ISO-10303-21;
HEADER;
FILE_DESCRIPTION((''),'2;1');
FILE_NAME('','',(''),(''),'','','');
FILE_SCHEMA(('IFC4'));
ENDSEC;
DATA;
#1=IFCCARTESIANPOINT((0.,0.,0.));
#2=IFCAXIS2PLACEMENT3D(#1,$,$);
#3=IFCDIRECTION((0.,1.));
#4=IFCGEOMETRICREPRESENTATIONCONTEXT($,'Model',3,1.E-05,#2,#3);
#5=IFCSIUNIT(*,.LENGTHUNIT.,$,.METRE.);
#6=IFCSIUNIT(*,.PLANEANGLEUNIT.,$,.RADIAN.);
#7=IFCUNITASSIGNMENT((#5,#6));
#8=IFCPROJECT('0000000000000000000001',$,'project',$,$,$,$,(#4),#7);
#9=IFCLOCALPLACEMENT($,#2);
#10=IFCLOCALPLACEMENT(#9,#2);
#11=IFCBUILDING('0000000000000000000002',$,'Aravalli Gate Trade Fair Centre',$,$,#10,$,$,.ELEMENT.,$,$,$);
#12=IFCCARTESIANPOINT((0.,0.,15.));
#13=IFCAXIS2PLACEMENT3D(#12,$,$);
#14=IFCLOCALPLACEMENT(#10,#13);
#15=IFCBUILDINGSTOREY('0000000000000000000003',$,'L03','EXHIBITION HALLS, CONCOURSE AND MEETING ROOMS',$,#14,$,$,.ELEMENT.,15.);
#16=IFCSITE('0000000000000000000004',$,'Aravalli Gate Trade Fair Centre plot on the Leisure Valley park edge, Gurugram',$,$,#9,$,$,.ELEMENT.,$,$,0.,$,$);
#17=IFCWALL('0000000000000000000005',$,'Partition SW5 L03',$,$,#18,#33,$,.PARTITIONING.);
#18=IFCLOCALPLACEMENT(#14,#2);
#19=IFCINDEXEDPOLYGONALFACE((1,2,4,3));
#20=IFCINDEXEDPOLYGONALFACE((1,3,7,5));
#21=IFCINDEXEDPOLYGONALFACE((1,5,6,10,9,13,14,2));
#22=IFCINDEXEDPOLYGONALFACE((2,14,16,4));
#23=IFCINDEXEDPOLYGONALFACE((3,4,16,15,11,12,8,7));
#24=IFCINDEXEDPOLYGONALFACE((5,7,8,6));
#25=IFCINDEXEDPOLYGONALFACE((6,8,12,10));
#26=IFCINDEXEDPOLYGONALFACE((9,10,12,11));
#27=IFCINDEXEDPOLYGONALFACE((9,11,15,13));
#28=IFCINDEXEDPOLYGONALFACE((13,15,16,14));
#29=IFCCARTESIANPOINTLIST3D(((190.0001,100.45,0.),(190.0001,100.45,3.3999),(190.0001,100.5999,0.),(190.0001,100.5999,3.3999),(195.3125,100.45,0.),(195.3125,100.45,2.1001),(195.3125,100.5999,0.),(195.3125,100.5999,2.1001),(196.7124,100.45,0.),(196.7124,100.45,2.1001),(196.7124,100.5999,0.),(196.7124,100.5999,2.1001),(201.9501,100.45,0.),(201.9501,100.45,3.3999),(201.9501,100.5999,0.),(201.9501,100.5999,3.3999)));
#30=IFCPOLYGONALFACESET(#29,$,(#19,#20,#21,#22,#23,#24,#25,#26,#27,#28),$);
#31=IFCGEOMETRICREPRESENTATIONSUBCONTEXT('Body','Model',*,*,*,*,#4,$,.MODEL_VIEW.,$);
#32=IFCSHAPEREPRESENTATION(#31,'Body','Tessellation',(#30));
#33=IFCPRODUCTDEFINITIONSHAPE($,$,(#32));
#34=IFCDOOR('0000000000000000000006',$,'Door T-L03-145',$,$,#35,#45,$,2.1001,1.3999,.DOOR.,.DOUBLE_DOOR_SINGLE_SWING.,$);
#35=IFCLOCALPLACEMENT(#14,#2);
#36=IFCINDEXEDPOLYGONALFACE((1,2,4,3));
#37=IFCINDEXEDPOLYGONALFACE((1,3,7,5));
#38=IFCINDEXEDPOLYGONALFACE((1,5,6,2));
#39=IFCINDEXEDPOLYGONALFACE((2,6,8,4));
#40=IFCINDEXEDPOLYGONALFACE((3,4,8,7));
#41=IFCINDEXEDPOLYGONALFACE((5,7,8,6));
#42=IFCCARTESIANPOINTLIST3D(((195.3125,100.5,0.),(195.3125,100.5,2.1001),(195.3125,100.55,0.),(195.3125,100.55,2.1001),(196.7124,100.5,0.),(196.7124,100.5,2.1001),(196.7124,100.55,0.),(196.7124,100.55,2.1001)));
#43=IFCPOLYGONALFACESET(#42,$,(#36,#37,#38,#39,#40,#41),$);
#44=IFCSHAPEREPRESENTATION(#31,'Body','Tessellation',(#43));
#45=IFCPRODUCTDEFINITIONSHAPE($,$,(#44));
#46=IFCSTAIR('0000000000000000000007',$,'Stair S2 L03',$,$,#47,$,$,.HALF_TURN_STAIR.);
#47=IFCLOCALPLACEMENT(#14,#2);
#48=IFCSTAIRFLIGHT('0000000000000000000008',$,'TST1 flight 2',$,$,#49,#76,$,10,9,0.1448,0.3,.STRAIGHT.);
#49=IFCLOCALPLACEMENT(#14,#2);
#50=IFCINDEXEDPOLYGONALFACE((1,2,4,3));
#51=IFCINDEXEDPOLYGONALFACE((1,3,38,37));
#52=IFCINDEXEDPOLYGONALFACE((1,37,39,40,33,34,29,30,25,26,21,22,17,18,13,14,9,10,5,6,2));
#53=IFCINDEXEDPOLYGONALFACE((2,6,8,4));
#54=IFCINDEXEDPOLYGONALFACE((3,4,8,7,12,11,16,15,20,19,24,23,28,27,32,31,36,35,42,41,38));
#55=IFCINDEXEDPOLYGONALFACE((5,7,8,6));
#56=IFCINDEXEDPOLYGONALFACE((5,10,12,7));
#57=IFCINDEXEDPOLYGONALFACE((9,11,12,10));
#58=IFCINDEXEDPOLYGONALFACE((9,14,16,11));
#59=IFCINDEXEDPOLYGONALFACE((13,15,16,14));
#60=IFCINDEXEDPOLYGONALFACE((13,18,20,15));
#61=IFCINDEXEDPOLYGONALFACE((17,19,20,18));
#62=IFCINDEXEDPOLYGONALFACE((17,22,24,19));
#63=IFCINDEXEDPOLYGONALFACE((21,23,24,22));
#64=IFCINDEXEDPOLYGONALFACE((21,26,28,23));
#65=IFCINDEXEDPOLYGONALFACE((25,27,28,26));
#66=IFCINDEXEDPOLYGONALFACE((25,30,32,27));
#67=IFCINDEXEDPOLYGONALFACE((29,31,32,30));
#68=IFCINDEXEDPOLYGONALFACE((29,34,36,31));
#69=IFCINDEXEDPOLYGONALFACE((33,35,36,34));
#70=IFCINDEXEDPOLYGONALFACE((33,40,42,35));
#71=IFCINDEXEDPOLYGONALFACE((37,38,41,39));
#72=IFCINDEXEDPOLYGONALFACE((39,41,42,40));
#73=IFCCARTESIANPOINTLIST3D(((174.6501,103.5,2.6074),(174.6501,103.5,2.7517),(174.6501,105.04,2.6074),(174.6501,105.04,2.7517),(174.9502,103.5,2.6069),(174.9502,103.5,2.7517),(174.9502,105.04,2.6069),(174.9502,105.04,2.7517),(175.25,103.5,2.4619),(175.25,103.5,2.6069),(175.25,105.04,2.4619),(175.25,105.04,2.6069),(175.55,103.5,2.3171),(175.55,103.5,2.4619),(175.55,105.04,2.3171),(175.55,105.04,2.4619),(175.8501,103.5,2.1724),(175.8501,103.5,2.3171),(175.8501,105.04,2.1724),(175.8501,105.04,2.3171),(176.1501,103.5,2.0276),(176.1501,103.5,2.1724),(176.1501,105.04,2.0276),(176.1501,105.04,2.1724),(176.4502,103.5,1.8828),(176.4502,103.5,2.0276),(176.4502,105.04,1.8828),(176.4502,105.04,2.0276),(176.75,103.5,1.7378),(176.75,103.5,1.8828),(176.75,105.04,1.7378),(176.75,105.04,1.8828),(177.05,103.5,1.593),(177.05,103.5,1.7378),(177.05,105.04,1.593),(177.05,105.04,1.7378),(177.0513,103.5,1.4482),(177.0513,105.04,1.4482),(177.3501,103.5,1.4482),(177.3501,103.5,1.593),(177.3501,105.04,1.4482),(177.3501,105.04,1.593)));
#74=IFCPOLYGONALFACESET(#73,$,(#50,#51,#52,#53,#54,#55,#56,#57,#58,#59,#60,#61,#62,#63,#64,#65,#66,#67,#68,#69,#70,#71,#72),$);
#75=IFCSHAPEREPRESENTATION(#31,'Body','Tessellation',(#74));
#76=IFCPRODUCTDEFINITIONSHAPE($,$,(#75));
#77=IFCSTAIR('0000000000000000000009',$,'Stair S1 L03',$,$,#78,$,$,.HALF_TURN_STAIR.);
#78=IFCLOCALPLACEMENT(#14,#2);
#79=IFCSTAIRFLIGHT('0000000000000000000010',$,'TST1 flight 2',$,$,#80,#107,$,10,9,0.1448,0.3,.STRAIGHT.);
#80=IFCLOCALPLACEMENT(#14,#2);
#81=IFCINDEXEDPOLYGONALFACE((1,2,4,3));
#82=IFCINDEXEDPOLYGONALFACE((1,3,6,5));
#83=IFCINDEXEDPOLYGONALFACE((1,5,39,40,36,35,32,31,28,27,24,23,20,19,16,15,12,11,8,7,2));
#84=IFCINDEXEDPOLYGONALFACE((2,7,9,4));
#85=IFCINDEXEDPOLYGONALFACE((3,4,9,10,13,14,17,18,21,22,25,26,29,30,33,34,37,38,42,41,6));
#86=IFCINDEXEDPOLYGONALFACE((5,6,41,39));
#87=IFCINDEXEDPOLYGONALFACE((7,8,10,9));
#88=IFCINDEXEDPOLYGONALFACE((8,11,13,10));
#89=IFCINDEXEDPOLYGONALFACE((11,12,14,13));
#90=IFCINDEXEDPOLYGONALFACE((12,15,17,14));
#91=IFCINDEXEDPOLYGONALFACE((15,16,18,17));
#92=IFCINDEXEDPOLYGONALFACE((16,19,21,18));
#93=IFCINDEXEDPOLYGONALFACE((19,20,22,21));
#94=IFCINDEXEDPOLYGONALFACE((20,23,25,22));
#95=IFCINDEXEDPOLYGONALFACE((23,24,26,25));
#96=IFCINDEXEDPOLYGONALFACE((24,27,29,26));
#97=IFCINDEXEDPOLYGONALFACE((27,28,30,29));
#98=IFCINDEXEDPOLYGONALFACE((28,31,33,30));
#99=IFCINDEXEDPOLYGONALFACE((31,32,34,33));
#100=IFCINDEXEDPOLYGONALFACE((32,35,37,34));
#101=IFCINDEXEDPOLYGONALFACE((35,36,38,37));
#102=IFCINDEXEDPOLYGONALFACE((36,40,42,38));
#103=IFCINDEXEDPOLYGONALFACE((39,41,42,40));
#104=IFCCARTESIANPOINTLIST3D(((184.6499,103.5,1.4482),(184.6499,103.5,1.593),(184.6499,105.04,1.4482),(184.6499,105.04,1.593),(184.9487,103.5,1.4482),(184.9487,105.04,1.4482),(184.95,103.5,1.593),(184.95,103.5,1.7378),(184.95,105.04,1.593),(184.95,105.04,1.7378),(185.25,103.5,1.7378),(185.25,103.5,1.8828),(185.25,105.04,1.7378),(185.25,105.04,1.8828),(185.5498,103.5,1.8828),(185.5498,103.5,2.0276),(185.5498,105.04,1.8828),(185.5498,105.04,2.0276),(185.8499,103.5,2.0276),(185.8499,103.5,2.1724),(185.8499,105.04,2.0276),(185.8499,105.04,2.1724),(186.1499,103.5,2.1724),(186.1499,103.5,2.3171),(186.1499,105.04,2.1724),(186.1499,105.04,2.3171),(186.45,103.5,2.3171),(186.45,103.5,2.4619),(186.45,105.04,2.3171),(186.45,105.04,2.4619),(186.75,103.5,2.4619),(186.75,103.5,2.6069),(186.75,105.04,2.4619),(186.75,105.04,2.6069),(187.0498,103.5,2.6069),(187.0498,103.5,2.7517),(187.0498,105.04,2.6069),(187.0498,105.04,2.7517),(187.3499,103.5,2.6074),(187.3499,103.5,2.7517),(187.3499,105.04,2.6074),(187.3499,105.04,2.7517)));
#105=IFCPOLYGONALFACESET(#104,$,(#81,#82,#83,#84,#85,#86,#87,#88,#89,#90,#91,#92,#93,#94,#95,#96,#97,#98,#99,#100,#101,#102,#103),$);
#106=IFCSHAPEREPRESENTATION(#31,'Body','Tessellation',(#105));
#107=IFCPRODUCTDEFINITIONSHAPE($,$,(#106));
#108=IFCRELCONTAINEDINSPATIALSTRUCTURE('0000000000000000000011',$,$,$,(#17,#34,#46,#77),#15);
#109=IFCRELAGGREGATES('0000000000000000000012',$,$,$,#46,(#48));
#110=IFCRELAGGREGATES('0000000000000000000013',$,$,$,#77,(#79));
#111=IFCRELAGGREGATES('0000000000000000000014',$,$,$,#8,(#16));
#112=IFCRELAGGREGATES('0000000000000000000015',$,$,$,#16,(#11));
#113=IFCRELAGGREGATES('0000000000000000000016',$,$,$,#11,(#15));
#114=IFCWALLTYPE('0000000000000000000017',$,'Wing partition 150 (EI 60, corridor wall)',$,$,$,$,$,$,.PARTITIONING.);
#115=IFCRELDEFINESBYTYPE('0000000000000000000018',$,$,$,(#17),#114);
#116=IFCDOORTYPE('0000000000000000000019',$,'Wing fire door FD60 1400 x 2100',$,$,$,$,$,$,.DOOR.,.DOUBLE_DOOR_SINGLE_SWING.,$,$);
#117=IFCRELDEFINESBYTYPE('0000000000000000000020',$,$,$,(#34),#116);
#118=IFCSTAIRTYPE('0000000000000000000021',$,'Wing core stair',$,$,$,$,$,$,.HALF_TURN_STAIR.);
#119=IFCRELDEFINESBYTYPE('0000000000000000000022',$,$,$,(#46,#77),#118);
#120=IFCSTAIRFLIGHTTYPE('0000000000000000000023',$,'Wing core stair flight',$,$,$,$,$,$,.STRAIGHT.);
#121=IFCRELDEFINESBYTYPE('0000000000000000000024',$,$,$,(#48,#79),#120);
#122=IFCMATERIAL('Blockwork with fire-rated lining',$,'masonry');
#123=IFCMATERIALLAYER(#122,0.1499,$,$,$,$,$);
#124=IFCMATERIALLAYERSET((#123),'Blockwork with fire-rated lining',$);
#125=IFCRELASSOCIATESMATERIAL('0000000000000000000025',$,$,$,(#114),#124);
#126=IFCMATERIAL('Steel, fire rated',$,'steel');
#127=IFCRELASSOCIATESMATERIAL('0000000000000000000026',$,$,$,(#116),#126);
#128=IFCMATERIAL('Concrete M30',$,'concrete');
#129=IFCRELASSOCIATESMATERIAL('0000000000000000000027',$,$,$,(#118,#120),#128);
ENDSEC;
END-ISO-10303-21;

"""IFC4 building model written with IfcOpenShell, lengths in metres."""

from ifc_helpers import new_model, si_unit, direction, frame, frame_2d, origin, place, context, subcontext, project, spatial, polyline, rectangle, outline, extrude, material, layer, layer_set, type_object, element, fill, aggregate, save


model = new_model("IFC4")

# Units and contexts
model_context = context("Model", 3, precision=1e-05, world=origin(), true_north=direction((0.0, 1.0)))
body_context = subcontext(model_context, "Body", "Model", "MODEL_VIEW")
ifc_project = project(units=[si_unit("LENGTHUNIT", "METRE"), si_unit("PLANEANGLEUNIT", "RADIAN")], contexts=[model_context])

# Site, building, storey
site_placement = place(None, origin())
site = spatial("IfcSite", under=ifc_project, at=site_placement, Name="Aravalli Gate Trade Fair Centre plot on the Leisure Valley park edge, Gurugram", CompositionType="ELEMENT", RefElevation=0.0)
building_placement = place(site_placement, origin())
building = spatial("IfcBuilding", under=site, at=building_placement, Name="Aravalli Gate Trade Fair Centre", CompositionType="ELEMENT")
storey_placement = place(building_placement, frame((0.0, 0.0, 15.0)))
storey = spatial("IfcBuildingStorey", under=building, at=storey_placement, Name="L03", Description="EXHIBITION HALLS, CONCOURSE AND MEETING ROOMS", CompositionType="ELEMENT", Elevation=15.0)

# Shared definitions
ifc_material_1 = material(Name="Concrete M30", Category="concrete")

# Shared definitions
ifc_material_2 = material(Name="Steel, fire rated", Category="steel")
ifc_material_3 = material(Name="Blockwork with fire-rated lining", Category="masonry")
ifc_layer_1 = layer(ifc_material_3, 0.1499)
ifc_layer_set_1 = layer_set([ifc_layer_1], Name="Blockwork with fire-rated lining")
wall_type_1 = type_object("IfcWallType", Name="Wing partition 150 (EI 60, corridor wall)", PredefinedType="PARTITIONING", material=ifc_layer_set_1)

# Wall, opening, door
wall_1_placement = place(storey_placement, frame((190.0, 100.5249, 0.0), z_axis=(0.0, 0.0, 1.0), x_axis=(1.0, 0.0, 0.0)))
wall_1 = element("IfcWall", 1, at=wall_1_placement, inside=storey, type_object=wall_type_1, Name="Partition SW5 L03", PredefinedType="PARTITIONING", context=body_context, shape_type="SweptSolid", body=[
    extrude(rectangle(XDim=11.95, YDim=0.1499, at=frame_2d((5.9751, 0.0))), origin(), (0.0, 0.0, 1.0), 3.3999),
])
opening_1_placement = place(wall_1_placement, frame((5.3125, 0.0, 0.0)))
opening_1 = element("IfcOpeningElement", 2, at=opening_1_placement, cuts=wall_1, PredefinedType="OPENING", context=body_context, shape_type="SweptSolid", body=[
    extrude(rectangle(XDim=1.3999, YDim=2.1001, at=frame_2d((0.7, 1.05))), frame((0.0, 0.085, 0.0), z_axis=(0.0, -1.0, 0.0), x_axis=(1.0, 0.0, 0.0)), (0.0, 0.0, 1.0), 0.1699),
])
door_type_1 = type_object("IfcDoorType", Name="Wing fire door FD60 1400 x 2100", OperationType="DOUBLE_DOOR_SINGLE_SWING", PredefinedType="DOOR", material=ifc_material_2)
door_1_placement = place(opening_1_placement, frame((1.3999, 0.0, 0.0), z_axis=(0.0, 0.0, 1.0), x_axis=(-1.0, 0.0, 0.0)))
door_1 = element("IfcDoor", 3, at=door_1_placement, inside=storey, type_object=door_type_1, Name="Door T-L03-145", OperationType="DOUBLE_DOOR_SINGLE_SWING", OverallHeight=2.1001, OverallWidth=1.3999, PredefinedType="DOOR", context=body_context, shape_type="SweptSolid", body=[
    extrude(rectangle(XDim=1.3999, YDim=2.1001, at=frame_2d((0.7, 1.05))), frame((0.0, 0.0249, 0.0), z_axis=(0.0, -1.0, 0.0), x_axis=(1.0, 0.0, 0.0)), (0.0, 0.0, 1.0), 0.05),
])
fill(opening_1, door_1)

# Stairs, stair flights
stair_type = type_object("IfcStairType", Name="Wing core stair", PredefinedType="HALF_TURN_STAIR", material=ifc_material_1)
stair_1_placement = place(storey_placement, origin())
stair_1 = element("IfcStair", 4, at=stair_1_placement, inside=storey, type_object=stair_type, Name="Stair S2 L03", PredefinedType="HALF_TURN_STAIR")
stair_flight_type = type_object("IfcStairFlightType", Name="Wing core stair flight", PredefinedType="STRAIGHT", material=ifc_material_1)
stair_flight_1_placement = place(storey_placement, frame((177.3501, 104.27, 1.4482), z_axis=(0.0, 0.0, 1.0), x_axis=(-1.0, 0.0, 0.0)))
stair_flight_1 = element("IfcStairFlight", 5, at=stair_flight_1_placement, type_object=stair_flight_type, Name="TST1 flight 2", NumberOfRisers=10, NumberOfTreads=9, PredefinedType="STRAIGHT", RiserHeight=0.1448, TreadLength=0.3, context=body_context, shape_type="SweptSolid", body=[
    extrude(outline(polyline([(0.0, 0.0), (0.0, 0.1448), (0.3, 0.1448), (0.3, 0.2896), (0.6001, 0.2896), (0.6001, 0.4346), (0.8999, 0.4346), (0.8999, 0.5793), (1.2, 0.5793), (1.2, 0.7241), (1.5, 0.7241), (1.5, 0.8689), (1.8, 0.8689), (1.8, 1.0137), (2.1001, 1.0137), (2.1001, 1.1587), (2.3999, 1.1587), (2.3999, 1.3035), (2.7, 1.3035), (2.7, 1.4482), (2.7, 1.1592), (0.2988, 0.0), (0.0, 0.0)])), frame((0.0, 0.77, 0.0), z_axis=(0.0, -1.0, 0.0), x_axis=(1.0, 0.0, 0.0)), (0.0, 0.0, 1.0), 1.54),
])
aggregate(stair_1, [stair_flight_1])
stair_2_placement = place(storey_placement, origin())
stair_2 = element("IfcStair", 6, at=stair_2_placement, inside=storey, type_object=stair_type, Name="Stair S1 L03", PredefinedType="HALF_TURN_STAIR")
stair_flight_2_placement = place(storey_placement, frame((184.6499, 104.27, 1.4482), z_axis=(0.0, 0.0, 1.0), x_axis=(1.0, 0.0, 0.0)))
stair_flight_2 = element("IfcStairFlight", 7, at=stair_flight_2_placement, type_object=stair_flight_type, Name="TST1 flight 2", NumberOfRisers=10, NumberOfTreads=9, PredefinedType="STRAIGHT", RiserHeight=0.1448, TreadLength=0.3, context=body_context, shape_type="SweptSolid", body=[
    extrude(outline(polyline([(0.0, 0.0), (0.0, 0.1448), (0.3, 0.1448), (0.3, 0.2896), (0.6001, 0.2896), (0.6001, 0.4346), (0.8999, 0.4346), (0.8999, 0.5793), (1.2, 0.5793), (1.2, 0.7241), (1.5, 0.7241), (1.5, 0.8689), (1.8, 0.8689), (1.8, 1.0137), (2.1001, 1.0137), (2.1001, 1.1587), (2.3999, 1.1587), (2.3999, 1.3035), (2.7, 1.3035), (2.7, 1.4482), (2.7, 1.1592), (0.2988, 0.0), (0.0, 0.0)])), frame((0.0, 0.77, 0.0), z_axis=(0.0, -1.0, 0.0), x_axis=(1.0, 0.0, 0.0)), (0.0, 0.0, 1.0), 1.54),
])
aggregate(stair_2, [stair_flight_2])

save(model, "model.ifc")
